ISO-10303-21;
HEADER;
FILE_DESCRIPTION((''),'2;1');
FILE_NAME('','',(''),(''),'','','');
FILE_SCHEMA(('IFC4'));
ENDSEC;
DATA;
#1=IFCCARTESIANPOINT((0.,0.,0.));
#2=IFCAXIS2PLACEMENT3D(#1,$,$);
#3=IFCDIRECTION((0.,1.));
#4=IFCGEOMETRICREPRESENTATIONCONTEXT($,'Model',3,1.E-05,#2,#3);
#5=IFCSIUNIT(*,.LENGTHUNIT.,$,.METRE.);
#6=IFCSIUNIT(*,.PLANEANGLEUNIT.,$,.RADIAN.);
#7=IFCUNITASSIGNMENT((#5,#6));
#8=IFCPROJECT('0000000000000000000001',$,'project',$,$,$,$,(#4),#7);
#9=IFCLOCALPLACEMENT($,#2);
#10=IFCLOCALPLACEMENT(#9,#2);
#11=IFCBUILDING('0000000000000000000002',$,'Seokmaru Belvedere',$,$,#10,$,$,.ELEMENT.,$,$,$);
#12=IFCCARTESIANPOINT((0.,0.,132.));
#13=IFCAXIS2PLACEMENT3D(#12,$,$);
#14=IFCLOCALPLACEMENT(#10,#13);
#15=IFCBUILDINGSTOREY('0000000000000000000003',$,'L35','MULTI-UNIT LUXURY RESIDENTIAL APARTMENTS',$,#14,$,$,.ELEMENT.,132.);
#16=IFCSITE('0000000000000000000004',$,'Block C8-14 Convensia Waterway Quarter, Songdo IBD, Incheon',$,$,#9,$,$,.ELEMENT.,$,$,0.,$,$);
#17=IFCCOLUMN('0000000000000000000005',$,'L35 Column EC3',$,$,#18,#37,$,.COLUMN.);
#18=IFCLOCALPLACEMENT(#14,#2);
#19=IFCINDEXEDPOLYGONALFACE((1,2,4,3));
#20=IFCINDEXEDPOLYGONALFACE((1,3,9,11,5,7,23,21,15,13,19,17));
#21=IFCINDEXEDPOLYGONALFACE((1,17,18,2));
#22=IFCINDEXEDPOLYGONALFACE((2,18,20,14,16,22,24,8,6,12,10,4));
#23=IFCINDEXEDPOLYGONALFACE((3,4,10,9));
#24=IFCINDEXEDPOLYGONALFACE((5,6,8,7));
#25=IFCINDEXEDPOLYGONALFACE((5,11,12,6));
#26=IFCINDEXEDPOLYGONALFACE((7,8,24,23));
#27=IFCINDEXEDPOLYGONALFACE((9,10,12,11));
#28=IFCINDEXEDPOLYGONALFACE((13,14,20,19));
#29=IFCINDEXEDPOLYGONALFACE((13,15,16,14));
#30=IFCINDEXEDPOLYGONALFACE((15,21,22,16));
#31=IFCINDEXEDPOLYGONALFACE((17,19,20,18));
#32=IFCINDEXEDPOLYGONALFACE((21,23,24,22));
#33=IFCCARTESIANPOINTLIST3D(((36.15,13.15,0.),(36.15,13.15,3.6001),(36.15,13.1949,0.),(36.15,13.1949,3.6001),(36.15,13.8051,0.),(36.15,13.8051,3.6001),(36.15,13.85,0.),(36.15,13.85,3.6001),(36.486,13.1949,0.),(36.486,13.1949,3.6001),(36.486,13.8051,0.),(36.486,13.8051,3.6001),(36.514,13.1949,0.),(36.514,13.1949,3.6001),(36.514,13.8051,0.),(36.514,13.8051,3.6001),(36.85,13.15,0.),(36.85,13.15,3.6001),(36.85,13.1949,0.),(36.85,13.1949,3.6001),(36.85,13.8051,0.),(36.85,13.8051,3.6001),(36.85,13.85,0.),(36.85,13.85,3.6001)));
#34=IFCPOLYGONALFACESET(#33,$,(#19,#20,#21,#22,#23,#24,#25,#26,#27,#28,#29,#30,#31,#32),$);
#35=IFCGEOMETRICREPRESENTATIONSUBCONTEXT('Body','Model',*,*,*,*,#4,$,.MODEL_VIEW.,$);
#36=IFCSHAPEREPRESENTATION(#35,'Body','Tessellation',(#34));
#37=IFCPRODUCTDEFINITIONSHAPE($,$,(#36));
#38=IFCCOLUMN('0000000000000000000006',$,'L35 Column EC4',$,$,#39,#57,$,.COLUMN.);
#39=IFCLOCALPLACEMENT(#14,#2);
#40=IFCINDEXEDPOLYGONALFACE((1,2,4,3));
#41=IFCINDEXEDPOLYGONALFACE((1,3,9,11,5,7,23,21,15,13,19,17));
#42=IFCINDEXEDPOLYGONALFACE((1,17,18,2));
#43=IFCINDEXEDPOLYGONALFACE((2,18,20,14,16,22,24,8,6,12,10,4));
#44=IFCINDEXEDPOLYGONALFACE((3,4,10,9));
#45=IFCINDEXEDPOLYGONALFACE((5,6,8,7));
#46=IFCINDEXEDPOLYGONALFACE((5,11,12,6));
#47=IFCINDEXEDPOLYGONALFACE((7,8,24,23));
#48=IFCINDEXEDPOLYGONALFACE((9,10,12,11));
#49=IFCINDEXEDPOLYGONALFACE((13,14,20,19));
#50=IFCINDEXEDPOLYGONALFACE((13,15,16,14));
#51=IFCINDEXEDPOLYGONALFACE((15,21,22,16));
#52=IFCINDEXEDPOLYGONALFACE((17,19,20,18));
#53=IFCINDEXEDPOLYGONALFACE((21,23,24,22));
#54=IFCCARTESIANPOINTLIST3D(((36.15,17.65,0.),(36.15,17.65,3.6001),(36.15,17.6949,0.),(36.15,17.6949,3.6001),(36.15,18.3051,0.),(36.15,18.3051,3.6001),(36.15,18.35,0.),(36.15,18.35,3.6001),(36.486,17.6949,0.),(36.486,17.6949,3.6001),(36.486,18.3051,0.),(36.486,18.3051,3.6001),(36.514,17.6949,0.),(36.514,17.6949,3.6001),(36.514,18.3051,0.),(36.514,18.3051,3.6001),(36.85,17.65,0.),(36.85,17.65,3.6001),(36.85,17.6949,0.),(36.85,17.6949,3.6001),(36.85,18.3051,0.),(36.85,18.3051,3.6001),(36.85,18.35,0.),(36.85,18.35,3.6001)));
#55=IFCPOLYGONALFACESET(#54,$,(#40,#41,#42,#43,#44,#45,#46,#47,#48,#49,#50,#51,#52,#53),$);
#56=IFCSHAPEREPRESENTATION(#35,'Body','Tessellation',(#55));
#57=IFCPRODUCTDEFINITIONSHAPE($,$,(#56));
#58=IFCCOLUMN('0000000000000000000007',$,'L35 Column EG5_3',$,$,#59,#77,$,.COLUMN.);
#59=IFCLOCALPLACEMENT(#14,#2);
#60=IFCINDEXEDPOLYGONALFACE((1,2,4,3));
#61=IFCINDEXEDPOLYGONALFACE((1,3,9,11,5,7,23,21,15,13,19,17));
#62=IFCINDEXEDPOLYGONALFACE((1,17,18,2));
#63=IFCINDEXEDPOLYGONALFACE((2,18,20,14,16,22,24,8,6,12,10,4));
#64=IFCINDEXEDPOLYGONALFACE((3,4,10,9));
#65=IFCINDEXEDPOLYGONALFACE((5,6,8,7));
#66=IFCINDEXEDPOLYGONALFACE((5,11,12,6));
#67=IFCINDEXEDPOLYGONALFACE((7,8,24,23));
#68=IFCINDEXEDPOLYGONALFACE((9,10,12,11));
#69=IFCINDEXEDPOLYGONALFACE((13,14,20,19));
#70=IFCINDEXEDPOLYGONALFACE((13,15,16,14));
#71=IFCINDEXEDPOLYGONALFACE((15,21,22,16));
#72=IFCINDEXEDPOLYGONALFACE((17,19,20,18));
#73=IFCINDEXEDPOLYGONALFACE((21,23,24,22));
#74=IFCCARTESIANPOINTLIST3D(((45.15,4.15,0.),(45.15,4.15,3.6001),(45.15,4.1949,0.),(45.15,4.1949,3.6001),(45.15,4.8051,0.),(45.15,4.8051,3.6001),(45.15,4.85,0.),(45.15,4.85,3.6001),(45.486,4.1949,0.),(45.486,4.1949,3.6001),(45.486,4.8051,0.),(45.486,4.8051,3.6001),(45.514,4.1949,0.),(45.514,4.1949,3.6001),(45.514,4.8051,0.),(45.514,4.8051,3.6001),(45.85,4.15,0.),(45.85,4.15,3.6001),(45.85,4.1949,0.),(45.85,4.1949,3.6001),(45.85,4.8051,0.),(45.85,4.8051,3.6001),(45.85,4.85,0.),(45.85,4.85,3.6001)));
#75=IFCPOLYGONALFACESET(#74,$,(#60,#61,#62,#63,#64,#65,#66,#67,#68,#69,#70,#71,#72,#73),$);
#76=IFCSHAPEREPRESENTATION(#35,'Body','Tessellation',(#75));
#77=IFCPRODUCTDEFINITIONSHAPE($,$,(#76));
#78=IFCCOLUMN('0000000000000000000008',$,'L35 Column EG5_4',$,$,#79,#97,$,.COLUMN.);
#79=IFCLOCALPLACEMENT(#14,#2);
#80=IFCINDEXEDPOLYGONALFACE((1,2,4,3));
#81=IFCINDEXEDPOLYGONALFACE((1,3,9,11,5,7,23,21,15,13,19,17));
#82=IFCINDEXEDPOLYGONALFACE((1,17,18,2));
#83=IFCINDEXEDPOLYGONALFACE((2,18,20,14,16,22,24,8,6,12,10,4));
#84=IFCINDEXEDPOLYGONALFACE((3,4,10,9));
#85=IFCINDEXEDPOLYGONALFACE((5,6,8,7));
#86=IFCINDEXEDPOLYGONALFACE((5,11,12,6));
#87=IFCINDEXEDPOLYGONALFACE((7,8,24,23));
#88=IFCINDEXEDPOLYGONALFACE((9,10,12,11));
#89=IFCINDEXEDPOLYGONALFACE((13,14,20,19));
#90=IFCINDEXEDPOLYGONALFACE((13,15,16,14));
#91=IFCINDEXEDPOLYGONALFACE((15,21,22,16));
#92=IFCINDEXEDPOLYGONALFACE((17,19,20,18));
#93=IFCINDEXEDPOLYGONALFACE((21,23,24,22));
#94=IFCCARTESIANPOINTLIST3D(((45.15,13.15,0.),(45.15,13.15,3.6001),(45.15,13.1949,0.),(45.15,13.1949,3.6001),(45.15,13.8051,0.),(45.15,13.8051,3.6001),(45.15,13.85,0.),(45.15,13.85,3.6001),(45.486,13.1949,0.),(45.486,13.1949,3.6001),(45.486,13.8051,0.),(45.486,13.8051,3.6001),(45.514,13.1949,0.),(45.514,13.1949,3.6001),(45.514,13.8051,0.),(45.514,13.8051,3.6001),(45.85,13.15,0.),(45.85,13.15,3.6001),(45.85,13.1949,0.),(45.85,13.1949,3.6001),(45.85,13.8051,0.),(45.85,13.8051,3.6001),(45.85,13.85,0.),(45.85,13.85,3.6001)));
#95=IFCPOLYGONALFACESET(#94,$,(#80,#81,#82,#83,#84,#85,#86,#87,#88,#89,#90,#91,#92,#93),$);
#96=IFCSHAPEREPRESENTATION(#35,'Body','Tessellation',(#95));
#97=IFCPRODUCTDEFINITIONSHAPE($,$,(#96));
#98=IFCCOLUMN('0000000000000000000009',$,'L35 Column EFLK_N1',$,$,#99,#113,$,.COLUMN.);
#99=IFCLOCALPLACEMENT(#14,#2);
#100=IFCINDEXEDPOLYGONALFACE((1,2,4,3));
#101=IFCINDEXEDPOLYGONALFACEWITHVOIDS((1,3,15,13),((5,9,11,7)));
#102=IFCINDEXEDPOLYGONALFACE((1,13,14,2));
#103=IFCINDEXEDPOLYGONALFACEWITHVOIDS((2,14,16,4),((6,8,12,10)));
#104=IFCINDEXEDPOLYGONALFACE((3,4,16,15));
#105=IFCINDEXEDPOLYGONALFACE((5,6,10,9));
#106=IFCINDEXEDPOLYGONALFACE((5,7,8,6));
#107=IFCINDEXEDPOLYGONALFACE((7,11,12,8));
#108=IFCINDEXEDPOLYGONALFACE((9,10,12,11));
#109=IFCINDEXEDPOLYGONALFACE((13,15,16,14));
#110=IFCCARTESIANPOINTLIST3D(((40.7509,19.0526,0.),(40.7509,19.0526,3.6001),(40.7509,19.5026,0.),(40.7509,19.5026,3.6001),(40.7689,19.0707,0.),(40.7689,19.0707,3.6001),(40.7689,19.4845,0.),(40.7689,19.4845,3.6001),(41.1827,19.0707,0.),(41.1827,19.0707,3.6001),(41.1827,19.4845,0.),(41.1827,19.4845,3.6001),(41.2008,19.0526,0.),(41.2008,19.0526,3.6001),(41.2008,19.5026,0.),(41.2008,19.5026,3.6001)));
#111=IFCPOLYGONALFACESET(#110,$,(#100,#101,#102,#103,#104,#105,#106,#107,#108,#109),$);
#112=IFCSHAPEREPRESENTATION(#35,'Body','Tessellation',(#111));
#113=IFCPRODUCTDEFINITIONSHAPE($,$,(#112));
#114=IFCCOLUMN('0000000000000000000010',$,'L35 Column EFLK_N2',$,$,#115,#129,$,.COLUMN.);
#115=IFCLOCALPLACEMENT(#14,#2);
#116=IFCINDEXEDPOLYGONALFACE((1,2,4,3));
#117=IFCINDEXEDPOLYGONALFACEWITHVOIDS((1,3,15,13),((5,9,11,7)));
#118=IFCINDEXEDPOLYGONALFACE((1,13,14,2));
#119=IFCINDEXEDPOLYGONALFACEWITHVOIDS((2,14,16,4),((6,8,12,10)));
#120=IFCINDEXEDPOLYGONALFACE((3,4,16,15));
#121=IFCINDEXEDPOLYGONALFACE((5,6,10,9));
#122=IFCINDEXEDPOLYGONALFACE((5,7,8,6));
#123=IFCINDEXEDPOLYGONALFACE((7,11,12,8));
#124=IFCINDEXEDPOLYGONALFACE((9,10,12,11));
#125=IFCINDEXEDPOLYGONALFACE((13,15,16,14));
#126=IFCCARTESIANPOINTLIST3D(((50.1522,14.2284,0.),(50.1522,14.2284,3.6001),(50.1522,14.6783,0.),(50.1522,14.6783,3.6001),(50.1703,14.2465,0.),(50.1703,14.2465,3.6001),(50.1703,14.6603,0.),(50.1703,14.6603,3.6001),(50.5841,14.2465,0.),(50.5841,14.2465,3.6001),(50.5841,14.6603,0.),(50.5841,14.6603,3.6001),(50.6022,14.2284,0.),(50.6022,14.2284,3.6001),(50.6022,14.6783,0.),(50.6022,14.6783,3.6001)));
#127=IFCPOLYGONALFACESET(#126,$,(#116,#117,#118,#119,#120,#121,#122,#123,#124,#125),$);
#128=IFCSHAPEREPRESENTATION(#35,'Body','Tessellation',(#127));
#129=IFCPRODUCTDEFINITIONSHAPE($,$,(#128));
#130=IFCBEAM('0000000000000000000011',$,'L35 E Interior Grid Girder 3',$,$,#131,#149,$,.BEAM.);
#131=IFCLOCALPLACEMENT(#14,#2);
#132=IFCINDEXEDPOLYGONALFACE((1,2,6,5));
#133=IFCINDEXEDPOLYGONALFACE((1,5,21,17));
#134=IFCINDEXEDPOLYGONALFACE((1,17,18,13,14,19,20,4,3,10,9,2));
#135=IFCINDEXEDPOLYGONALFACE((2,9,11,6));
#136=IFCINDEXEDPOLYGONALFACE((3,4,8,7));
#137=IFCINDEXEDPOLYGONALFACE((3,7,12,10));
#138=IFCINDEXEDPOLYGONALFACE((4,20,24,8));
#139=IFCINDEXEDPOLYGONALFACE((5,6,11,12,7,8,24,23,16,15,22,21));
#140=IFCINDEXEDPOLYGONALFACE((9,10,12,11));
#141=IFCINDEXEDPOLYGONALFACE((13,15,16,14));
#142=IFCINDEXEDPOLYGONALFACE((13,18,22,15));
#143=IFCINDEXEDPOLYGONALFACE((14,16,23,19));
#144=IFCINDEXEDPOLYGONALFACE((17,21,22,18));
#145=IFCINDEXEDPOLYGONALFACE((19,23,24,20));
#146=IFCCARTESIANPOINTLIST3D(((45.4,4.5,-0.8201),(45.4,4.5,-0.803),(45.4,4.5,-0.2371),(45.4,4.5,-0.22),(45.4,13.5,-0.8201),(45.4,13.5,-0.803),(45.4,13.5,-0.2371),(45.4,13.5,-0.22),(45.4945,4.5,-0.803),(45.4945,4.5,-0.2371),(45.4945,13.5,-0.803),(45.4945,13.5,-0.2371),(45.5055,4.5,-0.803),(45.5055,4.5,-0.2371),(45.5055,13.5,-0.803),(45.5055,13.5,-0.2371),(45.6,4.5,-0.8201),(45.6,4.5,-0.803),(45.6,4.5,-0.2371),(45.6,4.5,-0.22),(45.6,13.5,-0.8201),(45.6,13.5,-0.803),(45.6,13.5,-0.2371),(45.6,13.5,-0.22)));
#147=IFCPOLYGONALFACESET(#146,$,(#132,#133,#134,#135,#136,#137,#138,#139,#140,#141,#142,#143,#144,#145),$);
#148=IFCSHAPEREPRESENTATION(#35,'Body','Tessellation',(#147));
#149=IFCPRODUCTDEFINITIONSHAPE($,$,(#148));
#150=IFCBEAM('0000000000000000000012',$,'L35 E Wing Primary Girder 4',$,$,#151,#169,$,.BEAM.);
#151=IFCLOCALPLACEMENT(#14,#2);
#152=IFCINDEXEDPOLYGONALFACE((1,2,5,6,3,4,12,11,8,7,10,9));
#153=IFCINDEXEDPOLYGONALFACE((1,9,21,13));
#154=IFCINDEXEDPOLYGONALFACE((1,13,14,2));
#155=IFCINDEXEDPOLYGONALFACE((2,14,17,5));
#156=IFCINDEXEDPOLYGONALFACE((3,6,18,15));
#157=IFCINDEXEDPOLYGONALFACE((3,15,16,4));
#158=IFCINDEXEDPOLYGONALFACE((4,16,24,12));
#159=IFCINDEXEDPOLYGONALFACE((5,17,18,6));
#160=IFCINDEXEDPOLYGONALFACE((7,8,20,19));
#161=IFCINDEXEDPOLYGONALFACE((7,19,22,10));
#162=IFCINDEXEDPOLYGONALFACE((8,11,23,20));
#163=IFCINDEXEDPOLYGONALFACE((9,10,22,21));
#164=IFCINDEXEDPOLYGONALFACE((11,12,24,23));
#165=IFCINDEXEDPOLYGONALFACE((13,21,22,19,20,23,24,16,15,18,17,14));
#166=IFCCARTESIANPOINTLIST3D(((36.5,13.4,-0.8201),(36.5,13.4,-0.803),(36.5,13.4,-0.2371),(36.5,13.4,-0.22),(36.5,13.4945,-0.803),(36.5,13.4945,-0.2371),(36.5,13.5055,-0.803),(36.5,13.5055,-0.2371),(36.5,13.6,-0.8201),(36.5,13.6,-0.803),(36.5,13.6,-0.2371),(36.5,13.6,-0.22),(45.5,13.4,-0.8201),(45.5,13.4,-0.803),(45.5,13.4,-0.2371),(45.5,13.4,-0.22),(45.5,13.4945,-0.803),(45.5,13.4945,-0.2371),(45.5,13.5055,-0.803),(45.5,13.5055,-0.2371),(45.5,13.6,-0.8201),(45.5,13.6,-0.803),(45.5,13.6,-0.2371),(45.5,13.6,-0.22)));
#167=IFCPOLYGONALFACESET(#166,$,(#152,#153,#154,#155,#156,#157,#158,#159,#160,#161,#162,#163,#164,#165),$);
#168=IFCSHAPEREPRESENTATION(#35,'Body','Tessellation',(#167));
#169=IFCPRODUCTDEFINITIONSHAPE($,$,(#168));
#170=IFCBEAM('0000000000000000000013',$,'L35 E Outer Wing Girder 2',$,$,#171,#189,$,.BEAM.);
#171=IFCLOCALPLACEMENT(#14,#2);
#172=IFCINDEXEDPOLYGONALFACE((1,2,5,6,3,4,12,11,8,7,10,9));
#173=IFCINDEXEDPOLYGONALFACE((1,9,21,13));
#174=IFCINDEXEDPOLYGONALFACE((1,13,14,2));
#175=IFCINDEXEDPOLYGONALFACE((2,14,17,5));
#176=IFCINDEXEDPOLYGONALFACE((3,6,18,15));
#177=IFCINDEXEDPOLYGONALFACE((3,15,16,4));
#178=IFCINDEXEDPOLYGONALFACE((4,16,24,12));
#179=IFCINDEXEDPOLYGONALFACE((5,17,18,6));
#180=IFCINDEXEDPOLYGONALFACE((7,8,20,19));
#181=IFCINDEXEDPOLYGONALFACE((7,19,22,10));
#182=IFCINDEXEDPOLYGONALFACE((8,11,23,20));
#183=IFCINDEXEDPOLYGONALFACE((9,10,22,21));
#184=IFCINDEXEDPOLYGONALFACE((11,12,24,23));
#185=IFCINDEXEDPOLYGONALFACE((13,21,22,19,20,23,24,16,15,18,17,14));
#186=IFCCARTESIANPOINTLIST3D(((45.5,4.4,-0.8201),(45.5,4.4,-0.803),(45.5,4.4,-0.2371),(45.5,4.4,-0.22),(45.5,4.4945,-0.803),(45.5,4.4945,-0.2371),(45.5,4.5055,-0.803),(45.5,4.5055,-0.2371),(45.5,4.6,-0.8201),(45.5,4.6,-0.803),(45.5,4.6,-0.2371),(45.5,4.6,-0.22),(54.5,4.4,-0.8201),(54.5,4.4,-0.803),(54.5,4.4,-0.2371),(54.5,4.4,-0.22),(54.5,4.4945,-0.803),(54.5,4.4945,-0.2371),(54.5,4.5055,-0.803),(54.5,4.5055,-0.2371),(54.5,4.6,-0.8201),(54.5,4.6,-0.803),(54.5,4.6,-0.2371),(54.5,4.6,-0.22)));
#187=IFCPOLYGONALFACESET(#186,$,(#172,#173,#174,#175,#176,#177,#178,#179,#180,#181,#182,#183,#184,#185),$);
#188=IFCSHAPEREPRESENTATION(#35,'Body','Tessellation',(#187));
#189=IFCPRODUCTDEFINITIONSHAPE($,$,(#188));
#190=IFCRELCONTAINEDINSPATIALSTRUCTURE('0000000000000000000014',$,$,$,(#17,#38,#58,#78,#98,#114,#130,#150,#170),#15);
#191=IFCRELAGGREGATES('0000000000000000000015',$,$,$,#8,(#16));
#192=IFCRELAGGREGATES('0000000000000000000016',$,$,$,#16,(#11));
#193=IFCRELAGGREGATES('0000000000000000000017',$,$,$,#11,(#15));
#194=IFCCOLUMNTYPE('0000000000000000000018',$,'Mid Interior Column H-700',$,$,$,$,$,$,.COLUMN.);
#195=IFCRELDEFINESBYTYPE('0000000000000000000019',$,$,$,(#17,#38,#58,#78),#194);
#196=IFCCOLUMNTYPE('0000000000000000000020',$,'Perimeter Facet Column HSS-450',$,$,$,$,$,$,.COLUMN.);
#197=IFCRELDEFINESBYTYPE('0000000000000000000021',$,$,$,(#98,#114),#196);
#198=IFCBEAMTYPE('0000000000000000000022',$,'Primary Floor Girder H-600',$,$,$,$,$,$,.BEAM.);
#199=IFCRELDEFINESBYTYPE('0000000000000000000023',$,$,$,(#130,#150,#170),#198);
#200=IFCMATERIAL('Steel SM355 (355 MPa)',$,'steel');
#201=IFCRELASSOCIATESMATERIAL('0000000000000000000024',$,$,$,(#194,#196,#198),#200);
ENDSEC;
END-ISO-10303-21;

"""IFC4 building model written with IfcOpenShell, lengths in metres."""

from ifc_helpers import new_model, si_unit, direction, frame, origin, origin_2d, place, context, subcontext, project, spatial, hollow_rectangle, i_section, extrude, source, transform, mapped, material, material_profile, profile_set, type_object, type_shapes, element, save


model = new_model("IFC4")

# Units and contexts
model_context = context("Model", 3, precision=1e-05, world=origin(), true_north=direction((0.0, 1.0)))
body_context = subcontext(model_context, "Body", "Model", "MODEL_VIEW")
ifc_project = project(units=[si_unit("LENGTHUNIT", "METRE"), si_unit("PLANEANGLEUNIT", "RADIAN")], contexts=[model_context])

# Site, building, storey
site_placement = place(None, origin())
site = spatial("IfcSite", under=ifc_project, at=site_placement, Name="Block C8-14 Convensia Waterway Quarter, Songdo IBD, Incheon", CompositionType="ELEMENT", RefElevation=0.0)
building_placement = place(site_placement, origin())
building = spatial("IfcBuilding", under=site, at=building_placement, Name="Seokmaru Belvedere", CompositionType="ELEMENT")
storey_placement = place(building_placement, frame((0.0, 0.0, 132.0)))
storey = spatial("IfcBuildingStorey", under=building, at=storey_placement, Name="L35", Description="MULTI-UNIT LUXURY RESIDENTIAL APARTMENTS", CompositionType="ELEMENT", Elevation=132.0)

# Columns
ifc_material_1 = material(Name="Steel SM355 (355 MPa)", Category="steel")
ifc_material_profile_1 = material_profile(ifc_material_1, i_section(OverallWidth=0.7, OverallDepth=0.7, WebThickness=0.0281, FlangeThickness=0.0449, at=origin_2d()), Name="H-700x700x28x45")
ifc_profile_set_1 = profile_set([ifc_material_profile_1], Name="Steel SM355 (355 MPa)")
column_type_1 = type_object("IfcColumnType", Name="Mid Interior Column H-700", PredefinedType="COLUMN", material=ifc_profile_set_1)
shared_shape_1 = source(origin(), body_context, "Body", "SweptSolid", [
    extrude(i_section(OverallWidth=0.7, OverallDepth=0.7, WebThickness=0.0281, FlangeThickness=0.0449, at=origin_2d()), origin(), (0.0, 0.0, 1.0), 3.6001),
])
type_shapes(column_type_1, [shared_shape_1])
for number, where, z_axis, x_axis, name in (
    (1, (36.5, 13.5, 0.0), (0.0, 0.0, 1.0), (1.0, 0.0, 0.0), "L35 Column EC3"),
    (2, (36.5, 18.0, 0.0), (0.0, 0.0, 1.0), (1.0, 0.0, 0.0), "L35 Column EC4"),
    (3, (45.5, 4.5, 0.0), (0.0, 0.0, 1.0), (1.0, 0.0, 0.0), "L35 Column EG5_3"),
    (4, (45.5, 13.5, 0.0), (0.0, 0.0, 1.0), (1.0, 0.0, 0.0), "L35 Column EG5_4"),
):
    element("IfcColumn", number, at=place(storey_placement, frame(where, z_axis=z_axis, x_axis=x_axis)), inside=storey, type_object=column_type_1, Name=name, PredefinedType="COLUMN", context=body_context, shape_type="MappedRepresentation", body=[
        mapped(shared_shape_1, transform((0.0, 0.0, 0.0), scale=1.0)),
    ])
ifc_material_profile_2 = material_profile(ifc_material_1, hollow_rectangle(XDim=0.45, YDim=0.45, WallThickness=0.0181, at=origin_2d()), Name="HSS-450x450x18")
ifc_profile_set_2 = profile_set([ifc_material_profile_2], Name="Steel SM355 (355 MPa)")
column_type_2 = type_object("IfcColumnType", Name="Perimeter Facet Column HSS-450", PredefinedType="COLUMN", material=ifc_profile_set_2)
shared_shape_2 = source(origin(), body_context, "Body", "SweptSolid", [
    extrude(hollow_rectangle(XDim=0.45, YDim=0.45, WallThickness=0.0181, at=origin_2d()), origin(), (0.0, 0.0, 1.0), 3.6001),
])
type_shapes(column_type_2, [shared_shape_2])
for number, where, z_axis, x_axis, name in (
    (5, (40.9758, 19.2776, 0.0), (0.0, 0.0, 1.0), (1.0, 0.0, 0.0), "L35 Column EFLK_N1"),
    (6, (50.3772, 14.4534, 0.0), (0.0, 0.0, 1.0), (1.0, 0.0, 0.0), "L35 Column EFLK_N2"),
):
    element("IfcColumn", number, at=place(storey_placement, frame(where, z_axis=z_axis, x_axis=x_axis)), inside=storey, type_object=column_type_2, Name=name, PredefinedType="COLUMN", context=body_context, shape_type="MappedRepresentation", body=[
        mapped(shared_shape_2, transform((0.0, 0.0, 0.0), scale=1.0)),
    ])

# Beams
ifc_material_profile_3 = material_profile(ifc_material_1, i_section(OverallWidth=0.2, OverallDepth=0.6001, WebThickness=0.011, FlangeThickness=0.0171, at=origin_2d()), Name="H-600x200x11x17")
ifc_profile_set_3 = profile_set([ifc_material_profile_3], Name="Steel SM355 (355 MPa)")
beam_type_1 = type_object("IfcBeamType", Name="Primary Floor Girder H-600", PredefinedType="BEAM", material=ifc_profile_set_3)
shared_shape_3 = source(origin(), body_context, "Body", "SweptSolid", [
    extrude(i_section(OverallWidth=0.2, OverallDepth=0.6001, WebThickness=0.011, FlangeThickness=0.0171, at=origin_2d()), origin(), (0.0, 0.0, 1.0), 9.0),
])
for number, where, z_axis, x_axis, name in (
    (7, (45.5, 4.5, -0.52), (0.0, 1.0, 0.0), (-1.0, 0.0, 0.0), "L35 E Interior Grid Girder 3"),
    (8, (36.5, 13.5, -0.52), (1.0, 0.0, 0.0), (0.0, 1.0, 0.0), "L35 E Wing Primary Girder 4"),
    (9, (45.5, 4.5, -0.52), (1.0, 0.0, 0.0), (0.0, 1.0, 0.0), "L35 E Outer Wing Girder 2"),
):
    element("IfcBeam", number, at=place(storey_placement, frame(where, z_axis=z_axis, x_axis=x_axis)), inside=storey, type_object=beam_type_1, Name=name, PredefinedType="BEAM", context=body_context, shape_type="MappedRepresentation", body=[
        mapped(shared_shape_3, transform((0.0, 0.0, 0.0), scale=1.0)),
    ])

save(model, "model.ifc")
